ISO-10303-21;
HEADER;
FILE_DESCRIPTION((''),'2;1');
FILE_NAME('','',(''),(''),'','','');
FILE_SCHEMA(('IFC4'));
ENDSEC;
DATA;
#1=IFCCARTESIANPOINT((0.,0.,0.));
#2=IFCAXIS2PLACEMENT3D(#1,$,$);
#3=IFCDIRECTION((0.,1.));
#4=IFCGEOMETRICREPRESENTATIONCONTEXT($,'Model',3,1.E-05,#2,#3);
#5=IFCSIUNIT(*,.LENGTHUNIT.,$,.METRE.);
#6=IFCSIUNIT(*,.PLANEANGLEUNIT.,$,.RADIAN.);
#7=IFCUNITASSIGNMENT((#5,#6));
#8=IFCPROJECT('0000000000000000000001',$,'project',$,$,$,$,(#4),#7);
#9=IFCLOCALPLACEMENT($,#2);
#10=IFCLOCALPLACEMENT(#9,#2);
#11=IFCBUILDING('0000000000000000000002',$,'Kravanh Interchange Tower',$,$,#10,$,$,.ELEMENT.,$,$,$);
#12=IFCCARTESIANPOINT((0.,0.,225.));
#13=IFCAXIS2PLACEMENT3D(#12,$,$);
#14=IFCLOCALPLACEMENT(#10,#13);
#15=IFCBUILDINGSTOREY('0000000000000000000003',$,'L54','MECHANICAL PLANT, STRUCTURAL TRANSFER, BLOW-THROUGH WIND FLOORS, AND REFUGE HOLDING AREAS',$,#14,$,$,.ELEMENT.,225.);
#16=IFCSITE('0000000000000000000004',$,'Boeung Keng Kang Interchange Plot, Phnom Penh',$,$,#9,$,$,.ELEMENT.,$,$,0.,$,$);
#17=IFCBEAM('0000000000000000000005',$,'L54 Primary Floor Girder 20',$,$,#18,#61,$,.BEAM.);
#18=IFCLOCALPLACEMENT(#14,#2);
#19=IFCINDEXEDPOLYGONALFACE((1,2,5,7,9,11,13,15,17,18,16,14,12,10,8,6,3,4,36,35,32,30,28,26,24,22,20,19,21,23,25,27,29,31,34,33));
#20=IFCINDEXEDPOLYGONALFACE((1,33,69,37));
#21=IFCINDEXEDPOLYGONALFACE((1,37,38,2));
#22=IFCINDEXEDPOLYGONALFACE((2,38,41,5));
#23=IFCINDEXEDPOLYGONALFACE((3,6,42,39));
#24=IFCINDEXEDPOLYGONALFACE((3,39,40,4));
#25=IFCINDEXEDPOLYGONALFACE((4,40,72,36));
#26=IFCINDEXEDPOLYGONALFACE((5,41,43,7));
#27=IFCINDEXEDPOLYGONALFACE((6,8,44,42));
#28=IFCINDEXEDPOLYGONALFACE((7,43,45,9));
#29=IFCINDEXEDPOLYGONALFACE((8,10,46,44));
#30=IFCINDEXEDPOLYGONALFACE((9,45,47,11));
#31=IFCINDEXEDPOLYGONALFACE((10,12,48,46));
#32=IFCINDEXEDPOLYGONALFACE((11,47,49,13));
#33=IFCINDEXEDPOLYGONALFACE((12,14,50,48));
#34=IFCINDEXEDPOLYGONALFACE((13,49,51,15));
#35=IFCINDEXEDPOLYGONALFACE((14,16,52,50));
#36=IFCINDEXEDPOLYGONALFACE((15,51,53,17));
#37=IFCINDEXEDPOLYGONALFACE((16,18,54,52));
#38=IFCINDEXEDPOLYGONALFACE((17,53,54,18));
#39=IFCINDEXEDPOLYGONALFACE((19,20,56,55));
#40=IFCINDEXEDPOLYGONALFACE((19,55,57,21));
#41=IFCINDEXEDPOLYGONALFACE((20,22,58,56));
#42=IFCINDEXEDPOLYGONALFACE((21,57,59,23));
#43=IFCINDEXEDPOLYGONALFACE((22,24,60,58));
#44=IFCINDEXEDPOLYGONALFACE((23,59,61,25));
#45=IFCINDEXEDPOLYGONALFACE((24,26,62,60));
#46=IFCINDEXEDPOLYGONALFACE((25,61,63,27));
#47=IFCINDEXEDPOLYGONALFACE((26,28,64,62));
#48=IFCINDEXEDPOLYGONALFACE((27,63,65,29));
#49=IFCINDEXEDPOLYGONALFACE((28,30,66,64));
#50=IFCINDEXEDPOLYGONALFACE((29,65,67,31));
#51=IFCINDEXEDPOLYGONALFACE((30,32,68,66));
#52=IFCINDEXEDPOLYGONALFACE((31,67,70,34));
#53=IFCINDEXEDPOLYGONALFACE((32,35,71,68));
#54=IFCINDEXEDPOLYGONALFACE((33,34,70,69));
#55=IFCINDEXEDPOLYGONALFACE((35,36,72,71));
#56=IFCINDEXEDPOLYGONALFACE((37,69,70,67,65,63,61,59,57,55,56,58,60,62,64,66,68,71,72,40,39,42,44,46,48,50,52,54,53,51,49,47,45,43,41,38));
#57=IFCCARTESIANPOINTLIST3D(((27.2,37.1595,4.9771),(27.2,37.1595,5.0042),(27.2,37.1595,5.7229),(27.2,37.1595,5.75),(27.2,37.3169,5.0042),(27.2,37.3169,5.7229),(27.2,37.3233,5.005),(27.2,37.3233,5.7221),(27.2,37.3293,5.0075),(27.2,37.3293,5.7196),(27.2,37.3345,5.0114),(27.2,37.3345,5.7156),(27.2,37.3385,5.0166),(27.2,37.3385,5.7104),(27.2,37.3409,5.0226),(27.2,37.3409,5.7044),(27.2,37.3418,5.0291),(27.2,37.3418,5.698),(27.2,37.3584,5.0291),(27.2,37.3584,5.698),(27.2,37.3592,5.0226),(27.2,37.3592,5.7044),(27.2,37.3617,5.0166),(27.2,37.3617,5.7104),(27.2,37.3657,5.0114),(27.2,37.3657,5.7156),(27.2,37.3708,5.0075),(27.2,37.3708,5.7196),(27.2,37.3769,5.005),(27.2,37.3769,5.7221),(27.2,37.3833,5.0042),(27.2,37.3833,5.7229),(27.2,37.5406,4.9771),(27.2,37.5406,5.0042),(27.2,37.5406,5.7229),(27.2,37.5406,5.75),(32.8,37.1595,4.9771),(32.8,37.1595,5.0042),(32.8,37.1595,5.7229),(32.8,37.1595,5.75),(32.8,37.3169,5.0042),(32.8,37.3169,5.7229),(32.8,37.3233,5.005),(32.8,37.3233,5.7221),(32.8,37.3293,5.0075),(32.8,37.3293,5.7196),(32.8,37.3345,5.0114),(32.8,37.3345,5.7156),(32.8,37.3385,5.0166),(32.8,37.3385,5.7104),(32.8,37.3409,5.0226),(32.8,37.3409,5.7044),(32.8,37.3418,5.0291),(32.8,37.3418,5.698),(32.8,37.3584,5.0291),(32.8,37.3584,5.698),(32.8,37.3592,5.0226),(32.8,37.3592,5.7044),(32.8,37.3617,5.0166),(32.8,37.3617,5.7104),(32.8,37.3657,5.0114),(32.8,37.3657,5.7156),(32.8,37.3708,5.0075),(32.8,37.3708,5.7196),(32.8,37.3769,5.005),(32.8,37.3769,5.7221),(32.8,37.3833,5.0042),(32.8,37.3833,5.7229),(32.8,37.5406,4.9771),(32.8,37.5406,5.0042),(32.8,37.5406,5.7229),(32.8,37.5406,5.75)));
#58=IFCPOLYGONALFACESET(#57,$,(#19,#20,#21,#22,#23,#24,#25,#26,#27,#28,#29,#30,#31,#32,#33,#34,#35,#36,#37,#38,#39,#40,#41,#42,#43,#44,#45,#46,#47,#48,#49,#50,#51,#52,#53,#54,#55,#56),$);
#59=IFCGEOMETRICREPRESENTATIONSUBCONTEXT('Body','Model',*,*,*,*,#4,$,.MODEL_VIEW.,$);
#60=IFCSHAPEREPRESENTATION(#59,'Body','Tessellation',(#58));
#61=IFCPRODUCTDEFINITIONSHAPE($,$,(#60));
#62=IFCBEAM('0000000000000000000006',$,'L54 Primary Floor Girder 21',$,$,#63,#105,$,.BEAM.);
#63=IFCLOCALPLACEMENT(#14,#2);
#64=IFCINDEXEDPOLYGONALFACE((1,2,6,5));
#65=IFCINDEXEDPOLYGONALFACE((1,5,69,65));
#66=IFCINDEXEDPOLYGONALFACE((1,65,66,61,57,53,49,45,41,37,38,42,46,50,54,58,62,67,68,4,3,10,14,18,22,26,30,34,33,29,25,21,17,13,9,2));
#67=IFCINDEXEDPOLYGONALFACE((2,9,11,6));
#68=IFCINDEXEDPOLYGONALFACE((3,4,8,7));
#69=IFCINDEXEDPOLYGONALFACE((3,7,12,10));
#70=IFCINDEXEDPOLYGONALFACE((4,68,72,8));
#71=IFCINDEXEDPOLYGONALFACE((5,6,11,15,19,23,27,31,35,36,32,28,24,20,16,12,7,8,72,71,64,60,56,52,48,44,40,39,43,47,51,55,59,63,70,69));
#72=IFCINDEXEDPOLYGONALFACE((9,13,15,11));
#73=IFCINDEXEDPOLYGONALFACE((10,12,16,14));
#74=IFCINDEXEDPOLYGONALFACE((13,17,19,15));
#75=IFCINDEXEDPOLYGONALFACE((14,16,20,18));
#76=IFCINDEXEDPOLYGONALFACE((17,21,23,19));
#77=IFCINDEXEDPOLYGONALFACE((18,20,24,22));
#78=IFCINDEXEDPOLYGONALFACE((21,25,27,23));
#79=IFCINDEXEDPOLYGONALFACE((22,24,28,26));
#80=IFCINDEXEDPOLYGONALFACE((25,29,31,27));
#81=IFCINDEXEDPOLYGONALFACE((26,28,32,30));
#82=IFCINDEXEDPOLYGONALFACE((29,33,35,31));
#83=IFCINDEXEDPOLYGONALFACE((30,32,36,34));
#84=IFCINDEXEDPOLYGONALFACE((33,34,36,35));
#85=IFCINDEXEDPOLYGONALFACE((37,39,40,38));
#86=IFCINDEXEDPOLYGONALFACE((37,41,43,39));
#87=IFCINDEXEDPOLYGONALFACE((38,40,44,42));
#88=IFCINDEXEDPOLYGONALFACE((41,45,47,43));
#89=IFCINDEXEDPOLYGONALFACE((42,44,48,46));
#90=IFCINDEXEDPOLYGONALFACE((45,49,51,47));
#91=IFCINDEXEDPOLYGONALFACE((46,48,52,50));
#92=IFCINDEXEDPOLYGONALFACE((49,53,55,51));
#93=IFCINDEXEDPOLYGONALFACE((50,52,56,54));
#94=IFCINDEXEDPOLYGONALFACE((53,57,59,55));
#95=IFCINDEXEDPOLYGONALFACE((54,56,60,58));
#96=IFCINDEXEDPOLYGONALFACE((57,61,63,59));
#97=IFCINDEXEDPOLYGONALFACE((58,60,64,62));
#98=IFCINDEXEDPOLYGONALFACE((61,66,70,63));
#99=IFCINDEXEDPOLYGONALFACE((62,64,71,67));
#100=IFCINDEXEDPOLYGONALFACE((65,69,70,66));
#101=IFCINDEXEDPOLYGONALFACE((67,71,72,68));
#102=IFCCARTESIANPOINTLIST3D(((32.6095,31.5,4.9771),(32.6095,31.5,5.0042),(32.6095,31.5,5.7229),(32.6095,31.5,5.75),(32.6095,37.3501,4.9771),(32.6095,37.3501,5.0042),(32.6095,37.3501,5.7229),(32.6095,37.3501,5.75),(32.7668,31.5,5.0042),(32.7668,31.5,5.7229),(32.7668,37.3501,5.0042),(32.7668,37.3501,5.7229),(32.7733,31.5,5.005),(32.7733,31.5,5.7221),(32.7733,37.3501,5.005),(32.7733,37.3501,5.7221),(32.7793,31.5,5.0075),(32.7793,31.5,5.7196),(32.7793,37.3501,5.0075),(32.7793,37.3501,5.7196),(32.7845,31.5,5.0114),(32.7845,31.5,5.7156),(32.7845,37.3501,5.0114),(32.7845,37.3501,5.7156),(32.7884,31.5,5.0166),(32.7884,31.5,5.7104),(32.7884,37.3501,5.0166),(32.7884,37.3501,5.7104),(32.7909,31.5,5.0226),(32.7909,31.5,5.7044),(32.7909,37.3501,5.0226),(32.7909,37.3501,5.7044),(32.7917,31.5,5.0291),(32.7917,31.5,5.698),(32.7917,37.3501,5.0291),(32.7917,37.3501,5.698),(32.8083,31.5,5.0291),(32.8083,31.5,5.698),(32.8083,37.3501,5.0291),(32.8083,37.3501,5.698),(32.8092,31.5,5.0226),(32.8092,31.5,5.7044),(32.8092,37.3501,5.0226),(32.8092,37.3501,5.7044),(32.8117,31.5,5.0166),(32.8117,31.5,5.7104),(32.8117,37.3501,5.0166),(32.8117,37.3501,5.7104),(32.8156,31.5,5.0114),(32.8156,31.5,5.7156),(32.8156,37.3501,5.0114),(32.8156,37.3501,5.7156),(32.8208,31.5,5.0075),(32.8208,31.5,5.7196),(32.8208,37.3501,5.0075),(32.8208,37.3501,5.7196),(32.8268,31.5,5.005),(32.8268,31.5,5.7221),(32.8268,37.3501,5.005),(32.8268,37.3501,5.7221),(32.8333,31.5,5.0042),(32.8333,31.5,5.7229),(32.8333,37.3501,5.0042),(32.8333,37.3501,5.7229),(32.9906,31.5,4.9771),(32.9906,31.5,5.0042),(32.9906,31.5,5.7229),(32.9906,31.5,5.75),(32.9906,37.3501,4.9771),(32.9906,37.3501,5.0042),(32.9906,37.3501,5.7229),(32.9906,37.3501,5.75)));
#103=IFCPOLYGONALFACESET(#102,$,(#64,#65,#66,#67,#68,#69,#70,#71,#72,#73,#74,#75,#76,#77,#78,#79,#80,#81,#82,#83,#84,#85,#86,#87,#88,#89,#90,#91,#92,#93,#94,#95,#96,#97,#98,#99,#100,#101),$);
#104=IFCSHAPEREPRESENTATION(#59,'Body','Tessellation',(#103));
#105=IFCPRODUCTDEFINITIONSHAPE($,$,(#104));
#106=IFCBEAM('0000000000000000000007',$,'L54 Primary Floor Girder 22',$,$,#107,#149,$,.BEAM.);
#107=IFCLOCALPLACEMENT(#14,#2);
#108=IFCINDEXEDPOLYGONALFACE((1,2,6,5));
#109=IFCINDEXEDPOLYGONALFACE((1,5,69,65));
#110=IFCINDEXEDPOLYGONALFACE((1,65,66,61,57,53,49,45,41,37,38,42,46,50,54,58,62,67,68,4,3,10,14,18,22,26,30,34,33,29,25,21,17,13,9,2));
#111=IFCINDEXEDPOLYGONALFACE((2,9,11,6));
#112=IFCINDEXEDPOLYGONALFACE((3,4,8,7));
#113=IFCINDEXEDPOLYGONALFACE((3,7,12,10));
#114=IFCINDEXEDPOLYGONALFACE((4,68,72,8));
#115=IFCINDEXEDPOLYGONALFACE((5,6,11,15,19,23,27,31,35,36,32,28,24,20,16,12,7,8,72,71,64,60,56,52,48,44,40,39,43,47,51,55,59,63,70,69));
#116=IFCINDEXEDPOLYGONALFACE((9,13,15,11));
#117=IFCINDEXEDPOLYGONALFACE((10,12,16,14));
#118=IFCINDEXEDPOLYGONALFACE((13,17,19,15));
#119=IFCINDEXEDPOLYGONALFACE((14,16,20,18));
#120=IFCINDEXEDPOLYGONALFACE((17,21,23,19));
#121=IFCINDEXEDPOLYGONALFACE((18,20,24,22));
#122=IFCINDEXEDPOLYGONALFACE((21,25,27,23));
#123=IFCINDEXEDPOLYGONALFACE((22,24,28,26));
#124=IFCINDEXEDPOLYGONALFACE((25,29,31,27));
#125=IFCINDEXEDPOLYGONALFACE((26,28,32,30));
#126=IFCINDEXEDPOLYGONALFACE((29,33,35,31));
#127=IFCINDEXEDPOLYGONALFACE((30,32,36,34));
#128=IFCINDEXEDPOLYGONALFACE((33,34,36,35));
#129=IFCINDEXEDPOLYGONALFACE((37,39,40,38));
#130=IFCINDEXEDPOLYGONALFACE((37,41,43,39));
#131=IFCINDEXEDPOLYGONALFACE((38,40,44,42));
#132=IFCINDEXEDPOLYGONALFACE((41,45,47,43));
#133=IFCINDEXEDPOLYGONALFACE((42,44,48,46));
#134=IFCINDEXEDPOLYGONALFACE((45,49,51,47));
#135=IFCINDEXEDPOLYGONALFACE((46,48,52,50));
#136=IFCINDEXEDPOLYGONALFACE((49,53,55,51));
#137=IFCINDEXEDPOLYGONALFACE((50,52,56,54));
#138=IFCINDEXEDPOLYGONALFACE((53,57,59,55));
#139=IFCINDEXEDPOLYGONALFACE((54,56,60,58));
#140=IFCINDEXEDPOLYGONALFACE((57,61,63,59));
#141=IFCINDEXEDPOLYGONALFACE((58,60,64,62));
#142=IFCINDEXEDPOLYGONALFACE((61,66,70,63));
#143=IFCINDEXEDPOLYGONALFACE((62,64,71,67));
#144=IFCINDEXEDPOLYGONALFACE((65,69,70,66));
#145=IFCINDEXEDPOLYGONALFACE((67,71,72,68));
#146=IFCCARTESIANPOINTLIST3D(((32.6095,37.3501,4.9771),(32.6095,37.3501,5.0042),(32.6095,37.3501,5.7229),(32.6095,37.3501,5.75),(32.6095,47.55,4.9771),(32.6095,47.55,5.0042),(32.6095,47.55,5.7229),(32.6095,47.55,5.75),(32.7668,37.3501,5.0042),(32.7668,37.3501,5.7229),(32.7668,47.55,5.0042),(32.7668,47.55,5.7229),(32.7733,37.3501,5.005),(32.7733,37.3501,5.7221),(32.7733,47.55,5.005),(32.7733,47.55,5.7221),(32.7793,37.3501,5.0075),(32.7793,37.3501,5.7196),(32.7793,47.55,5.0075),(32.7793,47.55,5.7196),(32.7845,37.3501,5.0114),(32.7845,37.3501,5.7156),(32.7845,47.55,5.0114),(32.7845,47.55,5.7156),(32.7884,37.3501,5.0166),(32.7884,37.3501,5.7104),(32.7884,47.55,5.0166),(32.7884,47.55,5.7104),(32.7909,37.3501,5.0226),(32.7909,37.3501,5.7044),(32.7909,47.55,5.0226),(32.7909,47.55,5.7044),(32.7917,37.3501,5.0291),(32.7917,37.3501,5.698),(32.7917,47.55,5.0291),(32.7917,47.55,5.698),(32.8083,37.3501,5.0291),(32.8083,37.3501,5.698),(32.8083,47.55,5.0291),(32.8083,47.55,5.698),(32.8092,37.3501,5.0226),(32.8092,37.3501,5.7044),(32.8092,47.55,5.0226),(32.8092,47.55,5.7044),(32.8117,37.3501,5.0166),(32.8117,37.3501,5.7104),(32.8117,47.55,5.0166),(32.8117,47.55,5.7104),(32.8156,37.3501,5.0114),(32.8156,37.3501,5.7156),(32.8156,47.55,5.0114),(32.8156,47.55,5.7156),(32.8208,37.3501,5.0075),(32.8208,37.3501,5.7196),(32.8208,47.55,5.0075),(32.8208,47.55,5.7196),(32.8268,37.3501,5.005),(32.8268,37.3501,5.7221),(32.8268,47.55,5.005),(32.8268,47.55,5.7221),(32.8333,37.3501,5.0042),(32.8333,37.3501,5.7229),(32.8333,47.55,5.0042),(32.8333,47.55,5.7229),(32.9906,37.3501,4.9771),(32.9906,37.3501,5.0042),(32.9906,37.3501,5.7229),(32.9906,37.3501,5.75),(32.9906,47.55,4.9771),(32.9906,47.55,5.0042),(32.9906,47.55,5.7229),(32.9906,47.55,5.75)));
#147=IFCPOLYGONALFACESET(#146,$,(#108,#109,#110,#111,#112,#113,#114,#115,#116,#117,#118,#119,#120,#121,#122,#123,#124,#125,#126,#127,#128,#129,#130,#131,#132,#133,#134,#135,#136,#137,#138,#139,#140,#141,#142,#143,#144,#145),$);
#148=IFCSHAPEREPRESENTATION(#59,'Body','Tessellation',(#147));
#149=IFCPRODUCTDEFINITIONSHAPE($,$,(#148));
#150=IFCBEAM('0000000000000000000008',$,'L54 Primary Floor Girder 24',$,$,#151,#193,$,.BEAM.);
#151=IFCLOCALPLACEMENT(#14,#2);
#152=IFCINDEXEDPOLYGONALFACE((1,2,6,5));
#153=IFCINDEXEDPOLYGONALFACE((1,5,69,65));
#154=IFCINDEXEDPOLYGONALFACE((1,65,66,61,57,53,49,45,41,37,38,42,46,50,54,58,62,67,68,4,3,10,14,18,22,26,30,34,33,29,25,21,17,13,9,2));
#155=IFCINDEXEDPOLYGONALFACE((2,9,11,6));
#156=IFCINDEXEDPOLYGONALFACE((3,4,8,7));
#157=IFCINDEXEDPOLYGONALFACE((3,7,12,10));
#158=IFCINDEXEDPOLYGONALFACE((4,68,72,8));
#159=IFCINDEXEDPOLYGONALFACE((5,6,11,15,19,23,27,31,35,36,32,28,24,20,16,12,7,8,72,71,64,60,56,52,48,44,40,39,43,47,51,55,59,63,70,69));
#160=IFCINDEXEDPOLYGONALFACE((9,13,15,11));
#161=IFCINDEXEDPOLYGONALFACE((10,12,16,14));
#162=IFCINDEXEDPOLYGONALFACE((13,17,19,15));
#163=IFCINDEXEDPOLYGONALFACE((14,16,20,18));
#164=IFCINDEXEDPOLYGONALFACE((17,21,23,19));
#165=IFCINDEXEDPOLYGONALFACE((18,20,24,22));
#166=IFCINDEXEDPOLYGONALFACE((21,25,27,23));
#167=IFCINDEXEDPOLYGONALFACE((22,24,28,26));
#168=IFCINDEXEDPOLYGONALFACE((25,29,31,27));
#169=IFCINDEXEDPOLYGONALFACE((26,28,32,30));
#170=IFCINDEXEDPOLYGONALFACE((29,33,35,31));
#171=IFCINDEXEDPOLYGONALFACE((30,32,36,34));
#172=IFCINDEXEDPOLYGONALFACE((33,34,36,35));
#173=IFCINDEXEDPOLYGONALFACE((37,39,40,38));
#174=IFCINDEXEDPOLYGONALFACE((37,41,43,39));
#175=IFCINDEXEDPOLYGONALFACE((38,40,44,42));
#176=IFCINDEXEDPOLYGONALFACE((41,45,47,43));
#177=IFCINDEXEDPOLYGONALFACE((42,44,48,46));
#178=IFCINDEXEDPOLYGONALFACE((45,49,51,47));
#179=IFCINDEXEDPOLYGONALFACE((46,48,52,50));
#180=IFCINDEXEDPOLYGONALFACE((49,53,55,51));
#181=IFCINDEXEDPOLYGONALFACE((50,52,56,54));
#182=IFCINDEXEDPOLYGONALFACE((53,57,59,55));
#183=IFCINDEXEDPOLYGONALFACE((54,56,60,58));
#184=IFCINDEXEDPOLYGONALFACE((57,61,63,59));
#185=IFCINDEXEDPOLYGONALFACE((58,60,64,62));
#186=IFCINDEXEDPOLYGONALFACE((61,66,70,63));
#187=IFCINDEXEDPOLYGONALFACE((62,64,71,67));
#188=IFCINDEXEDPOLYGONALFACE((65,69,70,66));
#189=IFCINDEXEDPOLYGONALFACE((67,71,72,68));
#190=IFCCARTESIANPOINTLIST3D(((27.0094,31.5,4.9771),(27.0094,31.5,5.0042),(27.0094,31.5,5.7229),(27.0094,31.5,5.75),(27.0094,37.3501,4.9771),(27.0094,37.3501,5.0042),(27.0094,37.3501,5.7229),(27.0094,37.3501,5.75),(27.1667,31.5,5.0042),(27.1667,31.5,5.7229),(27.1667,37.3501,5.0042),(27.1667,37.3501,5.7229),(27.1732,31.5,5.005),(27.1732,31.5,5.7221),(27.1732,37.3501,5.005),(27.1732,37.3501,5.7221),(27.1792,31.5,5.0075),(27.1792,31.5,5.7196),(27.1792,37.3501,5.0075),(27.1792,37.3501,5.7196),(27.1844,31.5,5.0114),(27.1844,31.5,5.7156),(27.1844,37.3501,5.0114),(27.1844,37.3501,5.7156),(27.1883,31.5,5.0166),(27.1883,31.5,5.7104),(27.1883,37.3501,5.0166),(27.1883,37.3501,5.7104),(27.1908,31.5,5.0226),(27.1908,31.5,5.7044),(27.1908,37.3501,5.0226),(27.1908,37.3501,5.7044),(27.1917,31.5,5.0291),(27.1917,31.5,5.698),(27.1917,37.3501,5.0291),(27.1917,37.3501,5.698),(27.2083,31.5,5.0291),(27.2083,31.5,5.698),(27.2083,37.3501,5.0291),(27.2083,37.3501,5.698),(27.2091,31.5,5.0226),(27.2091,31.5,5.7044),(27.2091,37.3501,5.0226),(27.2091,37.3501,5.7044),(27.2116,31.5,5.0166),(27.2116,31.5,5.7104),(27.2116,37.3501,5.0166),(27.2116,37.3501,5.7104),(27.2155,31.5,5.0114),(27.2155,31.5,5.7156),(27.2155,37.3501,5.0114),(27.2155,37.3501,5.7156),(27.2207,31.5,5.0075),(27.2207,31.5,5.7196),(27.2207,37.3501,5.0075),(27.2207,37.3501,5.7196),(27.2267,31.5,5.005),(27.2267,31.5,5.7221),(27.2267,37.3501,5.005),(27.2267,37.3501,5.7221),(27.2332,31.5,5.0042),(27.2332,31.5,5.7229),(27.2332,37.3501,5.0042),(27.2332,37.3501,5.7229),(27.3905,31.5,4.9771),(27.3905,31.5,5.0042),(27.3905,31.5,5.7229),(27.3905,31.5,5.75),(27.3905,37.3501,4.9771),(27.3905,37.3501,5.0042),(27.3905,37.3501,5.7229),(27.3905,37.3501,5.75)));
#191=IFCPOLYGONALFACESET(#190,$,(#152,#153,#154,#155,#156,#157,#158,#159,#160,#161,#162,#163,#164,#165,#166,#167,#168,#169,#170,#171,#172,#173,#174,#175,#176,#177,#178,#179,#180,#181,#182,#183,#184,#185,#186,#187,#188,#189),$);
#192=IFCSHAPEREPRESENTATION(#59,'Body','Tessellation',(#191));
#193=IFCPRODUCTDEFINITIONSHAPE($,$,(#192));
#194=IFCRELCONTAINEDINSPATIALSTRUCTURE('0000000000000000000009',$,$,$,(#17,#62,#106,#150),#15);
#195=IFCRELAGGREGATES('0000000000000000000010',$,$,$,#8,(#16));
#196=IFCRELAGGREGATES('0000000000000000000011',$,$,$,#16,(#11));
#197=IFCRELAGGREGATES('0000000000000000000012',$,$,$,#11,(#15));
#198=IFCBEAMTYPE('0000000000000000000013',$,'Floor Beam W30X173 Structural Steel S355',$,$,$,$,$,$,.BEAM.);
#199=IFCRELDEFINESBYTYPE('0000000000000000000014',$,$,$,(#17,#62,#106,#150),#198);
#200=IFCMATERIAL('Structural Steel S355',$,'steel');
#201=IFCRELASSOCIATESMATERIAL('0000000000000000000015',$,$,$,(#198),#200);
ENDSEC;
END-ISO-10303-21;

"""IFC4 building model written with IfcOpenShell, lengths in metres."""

from ifc_helpers import new_model, si_unit, direction, frame, origin, origin_2d, place, context, subcontext, project, spatial, i_section, extrude, material, material_profile, profile_set, type_object, element, save


model = new_model("IFC4")

# Units and contexts
model_context = context("Model", 3, precision=1e-05, world=origin(), true_north=direction((0.0, 1.0)))
body_context = subcontext(model_context, "Body", "Model", "MODEL_VIEW")
ifc_project = project(units=[si_unit("LENGTHUNIT", "METRE"), si_unit("PLANEANGLEUNIT", "RADIAN")], contexts=[model_context])

# Site, building, storey
site_placement = place(None, origin())
site = spatial("IfcSite", under=ifc_project, at=site_placement, Name="Boeung Keng Kang Interchange Plot, Phnom Penh", CompositionType="ELEMENT", RefElevation=0.0)
building_placement = place(site_placement, origin())
building = spatial("IfcBuilding", under=site, at=building_placement, Name="Kravanh Interchange Tower", CompositionType="ELEMENT")
storey_placement = place(building_placement, frame((0.0, 0.0, 225.0)))
storey = spatial("IfcBuildingStorey", under=building, at=storey_placement, Name="L54", Description="MECHANICAL PLANT, STRUCTURAL TRANSFER, BLOW-THROUGH WIND FLOORS, AND REFUGE HOLDING AREAS", CompositionType="ELEMENT", Elevation=225.0)

# Beams
ifc_material_1 = material(Name="Structural Steel S355", Category="steel")
ifc_material_profile_1 = material_profile(ifc_material_1, i_section(OverallWidth=0.3811, OverallDepth=0.7729, WebThickness=0.0166, FlangeThickness=0.0271, FilletRadius=0.0249, at=origin_2d()), Name="W30X173")
ifc_profile_set_1 = profile_set([ifc_material_profile_1], Name="Structural Steel S355")
beam_type_1 = type_object("IfcBeamType", Name="Floor Beam W30X173 Structural Steel S355", PredefinedType="BEAM", material=ifc_profile_set_1)
beam_1_placement = place(storey_placement, frame((32.8, 37.3501, 5.3635), z_axis=(-1.0, 0.0, 0.0), x_axis=(0.0, -1.0, 0.0)))
element("IfcBeam", 1, at=beam_1_placement, inside=storey, type_object=beam_type_1, Name="L54 Primary Floor Girder 20", PredefinedType="BEAM", context=body_context, shape_type="SweptSolid", body=[
    extrude(i_section(OverallWidth=0.3811, OverallDepth=0.7729, WebThickness=0.0166, FlangeThickness=0.0271, FilletRadius=0.0249, at=origin_2d()), origin(), (0.0, 0.0, 1.0), 5.6001),
])
beam_2_placement = place(storey_placement, frame((32.8, 37.3501, 5.3635), z_axis=(0.0, -1.0, 0.0), x_axis=(1.0, 0.0, 0.0)))
element("IfcBeam", 2, at=beam_2_placement, inside=storey, type_object=beam_type_1, Name="L54 Primary Floor Girder 21", PredefinedType="BEAM", context=body_context, shape_type="SweptSolid", body=[
    extrude(i_section(OverallWidth=0.3811, OverallDepth=0.7729, WebThickness=0.0166, FlangeThickness=0.0271, FilletRadius=0.0249, at=origin_2d()), origin(), (0.0, 0.0, 1.0), 5.8501),
])
beam_3_placement = place(storey_placement, frame((32.8, 37.3501, 5.3635), z_axis=(0.0, 1.0, 0.0), x_axis=(-1.0, 0.0, 0.0)))
element("IfcBeam", 3, at=beam_3_placement, inside=storey, type_object=beam_type_1, Name="L54 Primary Floor Girder 22", PredefinedType="BEAM", context=body_context, shape_type="SweptSolid", body=[
    extrude(i_section(OverallWidth=0.3811, OverallDepth=0.7729, WebThickness=0.0166, FlangeThickness=0.0271, FilletRadius=0.0249, at=origin_2d()), origin(), (0.0, 0.0, 1.0), 10.2),
])
beam_4_placement = place(storey_placement, frame((27.2, 37.3501, 5.3635), z_axis=(0.0, -1.0, 0.0), x_axis=(1.0, 0.0, 0.0)))
element("IfcBeam", 4, at=beam_4_placement, inside=storey, type_object=beam_type_1, Name="L54 Primary Floor Girder 24", PredefinedType="BEAM", context=body_context, shape_type="SweptSolid", body=[
    extrude(i_section(OverallWidth=0.3811, OverallDepth=0.7729, WebThickness=0.0166, FlangeThickness=0.0271, FilletRadius=0.0249, at=origin_2d()), origin(), (0.0, 0.0, 1.0), 5.8501),
])

save(model, "model.ifc")
